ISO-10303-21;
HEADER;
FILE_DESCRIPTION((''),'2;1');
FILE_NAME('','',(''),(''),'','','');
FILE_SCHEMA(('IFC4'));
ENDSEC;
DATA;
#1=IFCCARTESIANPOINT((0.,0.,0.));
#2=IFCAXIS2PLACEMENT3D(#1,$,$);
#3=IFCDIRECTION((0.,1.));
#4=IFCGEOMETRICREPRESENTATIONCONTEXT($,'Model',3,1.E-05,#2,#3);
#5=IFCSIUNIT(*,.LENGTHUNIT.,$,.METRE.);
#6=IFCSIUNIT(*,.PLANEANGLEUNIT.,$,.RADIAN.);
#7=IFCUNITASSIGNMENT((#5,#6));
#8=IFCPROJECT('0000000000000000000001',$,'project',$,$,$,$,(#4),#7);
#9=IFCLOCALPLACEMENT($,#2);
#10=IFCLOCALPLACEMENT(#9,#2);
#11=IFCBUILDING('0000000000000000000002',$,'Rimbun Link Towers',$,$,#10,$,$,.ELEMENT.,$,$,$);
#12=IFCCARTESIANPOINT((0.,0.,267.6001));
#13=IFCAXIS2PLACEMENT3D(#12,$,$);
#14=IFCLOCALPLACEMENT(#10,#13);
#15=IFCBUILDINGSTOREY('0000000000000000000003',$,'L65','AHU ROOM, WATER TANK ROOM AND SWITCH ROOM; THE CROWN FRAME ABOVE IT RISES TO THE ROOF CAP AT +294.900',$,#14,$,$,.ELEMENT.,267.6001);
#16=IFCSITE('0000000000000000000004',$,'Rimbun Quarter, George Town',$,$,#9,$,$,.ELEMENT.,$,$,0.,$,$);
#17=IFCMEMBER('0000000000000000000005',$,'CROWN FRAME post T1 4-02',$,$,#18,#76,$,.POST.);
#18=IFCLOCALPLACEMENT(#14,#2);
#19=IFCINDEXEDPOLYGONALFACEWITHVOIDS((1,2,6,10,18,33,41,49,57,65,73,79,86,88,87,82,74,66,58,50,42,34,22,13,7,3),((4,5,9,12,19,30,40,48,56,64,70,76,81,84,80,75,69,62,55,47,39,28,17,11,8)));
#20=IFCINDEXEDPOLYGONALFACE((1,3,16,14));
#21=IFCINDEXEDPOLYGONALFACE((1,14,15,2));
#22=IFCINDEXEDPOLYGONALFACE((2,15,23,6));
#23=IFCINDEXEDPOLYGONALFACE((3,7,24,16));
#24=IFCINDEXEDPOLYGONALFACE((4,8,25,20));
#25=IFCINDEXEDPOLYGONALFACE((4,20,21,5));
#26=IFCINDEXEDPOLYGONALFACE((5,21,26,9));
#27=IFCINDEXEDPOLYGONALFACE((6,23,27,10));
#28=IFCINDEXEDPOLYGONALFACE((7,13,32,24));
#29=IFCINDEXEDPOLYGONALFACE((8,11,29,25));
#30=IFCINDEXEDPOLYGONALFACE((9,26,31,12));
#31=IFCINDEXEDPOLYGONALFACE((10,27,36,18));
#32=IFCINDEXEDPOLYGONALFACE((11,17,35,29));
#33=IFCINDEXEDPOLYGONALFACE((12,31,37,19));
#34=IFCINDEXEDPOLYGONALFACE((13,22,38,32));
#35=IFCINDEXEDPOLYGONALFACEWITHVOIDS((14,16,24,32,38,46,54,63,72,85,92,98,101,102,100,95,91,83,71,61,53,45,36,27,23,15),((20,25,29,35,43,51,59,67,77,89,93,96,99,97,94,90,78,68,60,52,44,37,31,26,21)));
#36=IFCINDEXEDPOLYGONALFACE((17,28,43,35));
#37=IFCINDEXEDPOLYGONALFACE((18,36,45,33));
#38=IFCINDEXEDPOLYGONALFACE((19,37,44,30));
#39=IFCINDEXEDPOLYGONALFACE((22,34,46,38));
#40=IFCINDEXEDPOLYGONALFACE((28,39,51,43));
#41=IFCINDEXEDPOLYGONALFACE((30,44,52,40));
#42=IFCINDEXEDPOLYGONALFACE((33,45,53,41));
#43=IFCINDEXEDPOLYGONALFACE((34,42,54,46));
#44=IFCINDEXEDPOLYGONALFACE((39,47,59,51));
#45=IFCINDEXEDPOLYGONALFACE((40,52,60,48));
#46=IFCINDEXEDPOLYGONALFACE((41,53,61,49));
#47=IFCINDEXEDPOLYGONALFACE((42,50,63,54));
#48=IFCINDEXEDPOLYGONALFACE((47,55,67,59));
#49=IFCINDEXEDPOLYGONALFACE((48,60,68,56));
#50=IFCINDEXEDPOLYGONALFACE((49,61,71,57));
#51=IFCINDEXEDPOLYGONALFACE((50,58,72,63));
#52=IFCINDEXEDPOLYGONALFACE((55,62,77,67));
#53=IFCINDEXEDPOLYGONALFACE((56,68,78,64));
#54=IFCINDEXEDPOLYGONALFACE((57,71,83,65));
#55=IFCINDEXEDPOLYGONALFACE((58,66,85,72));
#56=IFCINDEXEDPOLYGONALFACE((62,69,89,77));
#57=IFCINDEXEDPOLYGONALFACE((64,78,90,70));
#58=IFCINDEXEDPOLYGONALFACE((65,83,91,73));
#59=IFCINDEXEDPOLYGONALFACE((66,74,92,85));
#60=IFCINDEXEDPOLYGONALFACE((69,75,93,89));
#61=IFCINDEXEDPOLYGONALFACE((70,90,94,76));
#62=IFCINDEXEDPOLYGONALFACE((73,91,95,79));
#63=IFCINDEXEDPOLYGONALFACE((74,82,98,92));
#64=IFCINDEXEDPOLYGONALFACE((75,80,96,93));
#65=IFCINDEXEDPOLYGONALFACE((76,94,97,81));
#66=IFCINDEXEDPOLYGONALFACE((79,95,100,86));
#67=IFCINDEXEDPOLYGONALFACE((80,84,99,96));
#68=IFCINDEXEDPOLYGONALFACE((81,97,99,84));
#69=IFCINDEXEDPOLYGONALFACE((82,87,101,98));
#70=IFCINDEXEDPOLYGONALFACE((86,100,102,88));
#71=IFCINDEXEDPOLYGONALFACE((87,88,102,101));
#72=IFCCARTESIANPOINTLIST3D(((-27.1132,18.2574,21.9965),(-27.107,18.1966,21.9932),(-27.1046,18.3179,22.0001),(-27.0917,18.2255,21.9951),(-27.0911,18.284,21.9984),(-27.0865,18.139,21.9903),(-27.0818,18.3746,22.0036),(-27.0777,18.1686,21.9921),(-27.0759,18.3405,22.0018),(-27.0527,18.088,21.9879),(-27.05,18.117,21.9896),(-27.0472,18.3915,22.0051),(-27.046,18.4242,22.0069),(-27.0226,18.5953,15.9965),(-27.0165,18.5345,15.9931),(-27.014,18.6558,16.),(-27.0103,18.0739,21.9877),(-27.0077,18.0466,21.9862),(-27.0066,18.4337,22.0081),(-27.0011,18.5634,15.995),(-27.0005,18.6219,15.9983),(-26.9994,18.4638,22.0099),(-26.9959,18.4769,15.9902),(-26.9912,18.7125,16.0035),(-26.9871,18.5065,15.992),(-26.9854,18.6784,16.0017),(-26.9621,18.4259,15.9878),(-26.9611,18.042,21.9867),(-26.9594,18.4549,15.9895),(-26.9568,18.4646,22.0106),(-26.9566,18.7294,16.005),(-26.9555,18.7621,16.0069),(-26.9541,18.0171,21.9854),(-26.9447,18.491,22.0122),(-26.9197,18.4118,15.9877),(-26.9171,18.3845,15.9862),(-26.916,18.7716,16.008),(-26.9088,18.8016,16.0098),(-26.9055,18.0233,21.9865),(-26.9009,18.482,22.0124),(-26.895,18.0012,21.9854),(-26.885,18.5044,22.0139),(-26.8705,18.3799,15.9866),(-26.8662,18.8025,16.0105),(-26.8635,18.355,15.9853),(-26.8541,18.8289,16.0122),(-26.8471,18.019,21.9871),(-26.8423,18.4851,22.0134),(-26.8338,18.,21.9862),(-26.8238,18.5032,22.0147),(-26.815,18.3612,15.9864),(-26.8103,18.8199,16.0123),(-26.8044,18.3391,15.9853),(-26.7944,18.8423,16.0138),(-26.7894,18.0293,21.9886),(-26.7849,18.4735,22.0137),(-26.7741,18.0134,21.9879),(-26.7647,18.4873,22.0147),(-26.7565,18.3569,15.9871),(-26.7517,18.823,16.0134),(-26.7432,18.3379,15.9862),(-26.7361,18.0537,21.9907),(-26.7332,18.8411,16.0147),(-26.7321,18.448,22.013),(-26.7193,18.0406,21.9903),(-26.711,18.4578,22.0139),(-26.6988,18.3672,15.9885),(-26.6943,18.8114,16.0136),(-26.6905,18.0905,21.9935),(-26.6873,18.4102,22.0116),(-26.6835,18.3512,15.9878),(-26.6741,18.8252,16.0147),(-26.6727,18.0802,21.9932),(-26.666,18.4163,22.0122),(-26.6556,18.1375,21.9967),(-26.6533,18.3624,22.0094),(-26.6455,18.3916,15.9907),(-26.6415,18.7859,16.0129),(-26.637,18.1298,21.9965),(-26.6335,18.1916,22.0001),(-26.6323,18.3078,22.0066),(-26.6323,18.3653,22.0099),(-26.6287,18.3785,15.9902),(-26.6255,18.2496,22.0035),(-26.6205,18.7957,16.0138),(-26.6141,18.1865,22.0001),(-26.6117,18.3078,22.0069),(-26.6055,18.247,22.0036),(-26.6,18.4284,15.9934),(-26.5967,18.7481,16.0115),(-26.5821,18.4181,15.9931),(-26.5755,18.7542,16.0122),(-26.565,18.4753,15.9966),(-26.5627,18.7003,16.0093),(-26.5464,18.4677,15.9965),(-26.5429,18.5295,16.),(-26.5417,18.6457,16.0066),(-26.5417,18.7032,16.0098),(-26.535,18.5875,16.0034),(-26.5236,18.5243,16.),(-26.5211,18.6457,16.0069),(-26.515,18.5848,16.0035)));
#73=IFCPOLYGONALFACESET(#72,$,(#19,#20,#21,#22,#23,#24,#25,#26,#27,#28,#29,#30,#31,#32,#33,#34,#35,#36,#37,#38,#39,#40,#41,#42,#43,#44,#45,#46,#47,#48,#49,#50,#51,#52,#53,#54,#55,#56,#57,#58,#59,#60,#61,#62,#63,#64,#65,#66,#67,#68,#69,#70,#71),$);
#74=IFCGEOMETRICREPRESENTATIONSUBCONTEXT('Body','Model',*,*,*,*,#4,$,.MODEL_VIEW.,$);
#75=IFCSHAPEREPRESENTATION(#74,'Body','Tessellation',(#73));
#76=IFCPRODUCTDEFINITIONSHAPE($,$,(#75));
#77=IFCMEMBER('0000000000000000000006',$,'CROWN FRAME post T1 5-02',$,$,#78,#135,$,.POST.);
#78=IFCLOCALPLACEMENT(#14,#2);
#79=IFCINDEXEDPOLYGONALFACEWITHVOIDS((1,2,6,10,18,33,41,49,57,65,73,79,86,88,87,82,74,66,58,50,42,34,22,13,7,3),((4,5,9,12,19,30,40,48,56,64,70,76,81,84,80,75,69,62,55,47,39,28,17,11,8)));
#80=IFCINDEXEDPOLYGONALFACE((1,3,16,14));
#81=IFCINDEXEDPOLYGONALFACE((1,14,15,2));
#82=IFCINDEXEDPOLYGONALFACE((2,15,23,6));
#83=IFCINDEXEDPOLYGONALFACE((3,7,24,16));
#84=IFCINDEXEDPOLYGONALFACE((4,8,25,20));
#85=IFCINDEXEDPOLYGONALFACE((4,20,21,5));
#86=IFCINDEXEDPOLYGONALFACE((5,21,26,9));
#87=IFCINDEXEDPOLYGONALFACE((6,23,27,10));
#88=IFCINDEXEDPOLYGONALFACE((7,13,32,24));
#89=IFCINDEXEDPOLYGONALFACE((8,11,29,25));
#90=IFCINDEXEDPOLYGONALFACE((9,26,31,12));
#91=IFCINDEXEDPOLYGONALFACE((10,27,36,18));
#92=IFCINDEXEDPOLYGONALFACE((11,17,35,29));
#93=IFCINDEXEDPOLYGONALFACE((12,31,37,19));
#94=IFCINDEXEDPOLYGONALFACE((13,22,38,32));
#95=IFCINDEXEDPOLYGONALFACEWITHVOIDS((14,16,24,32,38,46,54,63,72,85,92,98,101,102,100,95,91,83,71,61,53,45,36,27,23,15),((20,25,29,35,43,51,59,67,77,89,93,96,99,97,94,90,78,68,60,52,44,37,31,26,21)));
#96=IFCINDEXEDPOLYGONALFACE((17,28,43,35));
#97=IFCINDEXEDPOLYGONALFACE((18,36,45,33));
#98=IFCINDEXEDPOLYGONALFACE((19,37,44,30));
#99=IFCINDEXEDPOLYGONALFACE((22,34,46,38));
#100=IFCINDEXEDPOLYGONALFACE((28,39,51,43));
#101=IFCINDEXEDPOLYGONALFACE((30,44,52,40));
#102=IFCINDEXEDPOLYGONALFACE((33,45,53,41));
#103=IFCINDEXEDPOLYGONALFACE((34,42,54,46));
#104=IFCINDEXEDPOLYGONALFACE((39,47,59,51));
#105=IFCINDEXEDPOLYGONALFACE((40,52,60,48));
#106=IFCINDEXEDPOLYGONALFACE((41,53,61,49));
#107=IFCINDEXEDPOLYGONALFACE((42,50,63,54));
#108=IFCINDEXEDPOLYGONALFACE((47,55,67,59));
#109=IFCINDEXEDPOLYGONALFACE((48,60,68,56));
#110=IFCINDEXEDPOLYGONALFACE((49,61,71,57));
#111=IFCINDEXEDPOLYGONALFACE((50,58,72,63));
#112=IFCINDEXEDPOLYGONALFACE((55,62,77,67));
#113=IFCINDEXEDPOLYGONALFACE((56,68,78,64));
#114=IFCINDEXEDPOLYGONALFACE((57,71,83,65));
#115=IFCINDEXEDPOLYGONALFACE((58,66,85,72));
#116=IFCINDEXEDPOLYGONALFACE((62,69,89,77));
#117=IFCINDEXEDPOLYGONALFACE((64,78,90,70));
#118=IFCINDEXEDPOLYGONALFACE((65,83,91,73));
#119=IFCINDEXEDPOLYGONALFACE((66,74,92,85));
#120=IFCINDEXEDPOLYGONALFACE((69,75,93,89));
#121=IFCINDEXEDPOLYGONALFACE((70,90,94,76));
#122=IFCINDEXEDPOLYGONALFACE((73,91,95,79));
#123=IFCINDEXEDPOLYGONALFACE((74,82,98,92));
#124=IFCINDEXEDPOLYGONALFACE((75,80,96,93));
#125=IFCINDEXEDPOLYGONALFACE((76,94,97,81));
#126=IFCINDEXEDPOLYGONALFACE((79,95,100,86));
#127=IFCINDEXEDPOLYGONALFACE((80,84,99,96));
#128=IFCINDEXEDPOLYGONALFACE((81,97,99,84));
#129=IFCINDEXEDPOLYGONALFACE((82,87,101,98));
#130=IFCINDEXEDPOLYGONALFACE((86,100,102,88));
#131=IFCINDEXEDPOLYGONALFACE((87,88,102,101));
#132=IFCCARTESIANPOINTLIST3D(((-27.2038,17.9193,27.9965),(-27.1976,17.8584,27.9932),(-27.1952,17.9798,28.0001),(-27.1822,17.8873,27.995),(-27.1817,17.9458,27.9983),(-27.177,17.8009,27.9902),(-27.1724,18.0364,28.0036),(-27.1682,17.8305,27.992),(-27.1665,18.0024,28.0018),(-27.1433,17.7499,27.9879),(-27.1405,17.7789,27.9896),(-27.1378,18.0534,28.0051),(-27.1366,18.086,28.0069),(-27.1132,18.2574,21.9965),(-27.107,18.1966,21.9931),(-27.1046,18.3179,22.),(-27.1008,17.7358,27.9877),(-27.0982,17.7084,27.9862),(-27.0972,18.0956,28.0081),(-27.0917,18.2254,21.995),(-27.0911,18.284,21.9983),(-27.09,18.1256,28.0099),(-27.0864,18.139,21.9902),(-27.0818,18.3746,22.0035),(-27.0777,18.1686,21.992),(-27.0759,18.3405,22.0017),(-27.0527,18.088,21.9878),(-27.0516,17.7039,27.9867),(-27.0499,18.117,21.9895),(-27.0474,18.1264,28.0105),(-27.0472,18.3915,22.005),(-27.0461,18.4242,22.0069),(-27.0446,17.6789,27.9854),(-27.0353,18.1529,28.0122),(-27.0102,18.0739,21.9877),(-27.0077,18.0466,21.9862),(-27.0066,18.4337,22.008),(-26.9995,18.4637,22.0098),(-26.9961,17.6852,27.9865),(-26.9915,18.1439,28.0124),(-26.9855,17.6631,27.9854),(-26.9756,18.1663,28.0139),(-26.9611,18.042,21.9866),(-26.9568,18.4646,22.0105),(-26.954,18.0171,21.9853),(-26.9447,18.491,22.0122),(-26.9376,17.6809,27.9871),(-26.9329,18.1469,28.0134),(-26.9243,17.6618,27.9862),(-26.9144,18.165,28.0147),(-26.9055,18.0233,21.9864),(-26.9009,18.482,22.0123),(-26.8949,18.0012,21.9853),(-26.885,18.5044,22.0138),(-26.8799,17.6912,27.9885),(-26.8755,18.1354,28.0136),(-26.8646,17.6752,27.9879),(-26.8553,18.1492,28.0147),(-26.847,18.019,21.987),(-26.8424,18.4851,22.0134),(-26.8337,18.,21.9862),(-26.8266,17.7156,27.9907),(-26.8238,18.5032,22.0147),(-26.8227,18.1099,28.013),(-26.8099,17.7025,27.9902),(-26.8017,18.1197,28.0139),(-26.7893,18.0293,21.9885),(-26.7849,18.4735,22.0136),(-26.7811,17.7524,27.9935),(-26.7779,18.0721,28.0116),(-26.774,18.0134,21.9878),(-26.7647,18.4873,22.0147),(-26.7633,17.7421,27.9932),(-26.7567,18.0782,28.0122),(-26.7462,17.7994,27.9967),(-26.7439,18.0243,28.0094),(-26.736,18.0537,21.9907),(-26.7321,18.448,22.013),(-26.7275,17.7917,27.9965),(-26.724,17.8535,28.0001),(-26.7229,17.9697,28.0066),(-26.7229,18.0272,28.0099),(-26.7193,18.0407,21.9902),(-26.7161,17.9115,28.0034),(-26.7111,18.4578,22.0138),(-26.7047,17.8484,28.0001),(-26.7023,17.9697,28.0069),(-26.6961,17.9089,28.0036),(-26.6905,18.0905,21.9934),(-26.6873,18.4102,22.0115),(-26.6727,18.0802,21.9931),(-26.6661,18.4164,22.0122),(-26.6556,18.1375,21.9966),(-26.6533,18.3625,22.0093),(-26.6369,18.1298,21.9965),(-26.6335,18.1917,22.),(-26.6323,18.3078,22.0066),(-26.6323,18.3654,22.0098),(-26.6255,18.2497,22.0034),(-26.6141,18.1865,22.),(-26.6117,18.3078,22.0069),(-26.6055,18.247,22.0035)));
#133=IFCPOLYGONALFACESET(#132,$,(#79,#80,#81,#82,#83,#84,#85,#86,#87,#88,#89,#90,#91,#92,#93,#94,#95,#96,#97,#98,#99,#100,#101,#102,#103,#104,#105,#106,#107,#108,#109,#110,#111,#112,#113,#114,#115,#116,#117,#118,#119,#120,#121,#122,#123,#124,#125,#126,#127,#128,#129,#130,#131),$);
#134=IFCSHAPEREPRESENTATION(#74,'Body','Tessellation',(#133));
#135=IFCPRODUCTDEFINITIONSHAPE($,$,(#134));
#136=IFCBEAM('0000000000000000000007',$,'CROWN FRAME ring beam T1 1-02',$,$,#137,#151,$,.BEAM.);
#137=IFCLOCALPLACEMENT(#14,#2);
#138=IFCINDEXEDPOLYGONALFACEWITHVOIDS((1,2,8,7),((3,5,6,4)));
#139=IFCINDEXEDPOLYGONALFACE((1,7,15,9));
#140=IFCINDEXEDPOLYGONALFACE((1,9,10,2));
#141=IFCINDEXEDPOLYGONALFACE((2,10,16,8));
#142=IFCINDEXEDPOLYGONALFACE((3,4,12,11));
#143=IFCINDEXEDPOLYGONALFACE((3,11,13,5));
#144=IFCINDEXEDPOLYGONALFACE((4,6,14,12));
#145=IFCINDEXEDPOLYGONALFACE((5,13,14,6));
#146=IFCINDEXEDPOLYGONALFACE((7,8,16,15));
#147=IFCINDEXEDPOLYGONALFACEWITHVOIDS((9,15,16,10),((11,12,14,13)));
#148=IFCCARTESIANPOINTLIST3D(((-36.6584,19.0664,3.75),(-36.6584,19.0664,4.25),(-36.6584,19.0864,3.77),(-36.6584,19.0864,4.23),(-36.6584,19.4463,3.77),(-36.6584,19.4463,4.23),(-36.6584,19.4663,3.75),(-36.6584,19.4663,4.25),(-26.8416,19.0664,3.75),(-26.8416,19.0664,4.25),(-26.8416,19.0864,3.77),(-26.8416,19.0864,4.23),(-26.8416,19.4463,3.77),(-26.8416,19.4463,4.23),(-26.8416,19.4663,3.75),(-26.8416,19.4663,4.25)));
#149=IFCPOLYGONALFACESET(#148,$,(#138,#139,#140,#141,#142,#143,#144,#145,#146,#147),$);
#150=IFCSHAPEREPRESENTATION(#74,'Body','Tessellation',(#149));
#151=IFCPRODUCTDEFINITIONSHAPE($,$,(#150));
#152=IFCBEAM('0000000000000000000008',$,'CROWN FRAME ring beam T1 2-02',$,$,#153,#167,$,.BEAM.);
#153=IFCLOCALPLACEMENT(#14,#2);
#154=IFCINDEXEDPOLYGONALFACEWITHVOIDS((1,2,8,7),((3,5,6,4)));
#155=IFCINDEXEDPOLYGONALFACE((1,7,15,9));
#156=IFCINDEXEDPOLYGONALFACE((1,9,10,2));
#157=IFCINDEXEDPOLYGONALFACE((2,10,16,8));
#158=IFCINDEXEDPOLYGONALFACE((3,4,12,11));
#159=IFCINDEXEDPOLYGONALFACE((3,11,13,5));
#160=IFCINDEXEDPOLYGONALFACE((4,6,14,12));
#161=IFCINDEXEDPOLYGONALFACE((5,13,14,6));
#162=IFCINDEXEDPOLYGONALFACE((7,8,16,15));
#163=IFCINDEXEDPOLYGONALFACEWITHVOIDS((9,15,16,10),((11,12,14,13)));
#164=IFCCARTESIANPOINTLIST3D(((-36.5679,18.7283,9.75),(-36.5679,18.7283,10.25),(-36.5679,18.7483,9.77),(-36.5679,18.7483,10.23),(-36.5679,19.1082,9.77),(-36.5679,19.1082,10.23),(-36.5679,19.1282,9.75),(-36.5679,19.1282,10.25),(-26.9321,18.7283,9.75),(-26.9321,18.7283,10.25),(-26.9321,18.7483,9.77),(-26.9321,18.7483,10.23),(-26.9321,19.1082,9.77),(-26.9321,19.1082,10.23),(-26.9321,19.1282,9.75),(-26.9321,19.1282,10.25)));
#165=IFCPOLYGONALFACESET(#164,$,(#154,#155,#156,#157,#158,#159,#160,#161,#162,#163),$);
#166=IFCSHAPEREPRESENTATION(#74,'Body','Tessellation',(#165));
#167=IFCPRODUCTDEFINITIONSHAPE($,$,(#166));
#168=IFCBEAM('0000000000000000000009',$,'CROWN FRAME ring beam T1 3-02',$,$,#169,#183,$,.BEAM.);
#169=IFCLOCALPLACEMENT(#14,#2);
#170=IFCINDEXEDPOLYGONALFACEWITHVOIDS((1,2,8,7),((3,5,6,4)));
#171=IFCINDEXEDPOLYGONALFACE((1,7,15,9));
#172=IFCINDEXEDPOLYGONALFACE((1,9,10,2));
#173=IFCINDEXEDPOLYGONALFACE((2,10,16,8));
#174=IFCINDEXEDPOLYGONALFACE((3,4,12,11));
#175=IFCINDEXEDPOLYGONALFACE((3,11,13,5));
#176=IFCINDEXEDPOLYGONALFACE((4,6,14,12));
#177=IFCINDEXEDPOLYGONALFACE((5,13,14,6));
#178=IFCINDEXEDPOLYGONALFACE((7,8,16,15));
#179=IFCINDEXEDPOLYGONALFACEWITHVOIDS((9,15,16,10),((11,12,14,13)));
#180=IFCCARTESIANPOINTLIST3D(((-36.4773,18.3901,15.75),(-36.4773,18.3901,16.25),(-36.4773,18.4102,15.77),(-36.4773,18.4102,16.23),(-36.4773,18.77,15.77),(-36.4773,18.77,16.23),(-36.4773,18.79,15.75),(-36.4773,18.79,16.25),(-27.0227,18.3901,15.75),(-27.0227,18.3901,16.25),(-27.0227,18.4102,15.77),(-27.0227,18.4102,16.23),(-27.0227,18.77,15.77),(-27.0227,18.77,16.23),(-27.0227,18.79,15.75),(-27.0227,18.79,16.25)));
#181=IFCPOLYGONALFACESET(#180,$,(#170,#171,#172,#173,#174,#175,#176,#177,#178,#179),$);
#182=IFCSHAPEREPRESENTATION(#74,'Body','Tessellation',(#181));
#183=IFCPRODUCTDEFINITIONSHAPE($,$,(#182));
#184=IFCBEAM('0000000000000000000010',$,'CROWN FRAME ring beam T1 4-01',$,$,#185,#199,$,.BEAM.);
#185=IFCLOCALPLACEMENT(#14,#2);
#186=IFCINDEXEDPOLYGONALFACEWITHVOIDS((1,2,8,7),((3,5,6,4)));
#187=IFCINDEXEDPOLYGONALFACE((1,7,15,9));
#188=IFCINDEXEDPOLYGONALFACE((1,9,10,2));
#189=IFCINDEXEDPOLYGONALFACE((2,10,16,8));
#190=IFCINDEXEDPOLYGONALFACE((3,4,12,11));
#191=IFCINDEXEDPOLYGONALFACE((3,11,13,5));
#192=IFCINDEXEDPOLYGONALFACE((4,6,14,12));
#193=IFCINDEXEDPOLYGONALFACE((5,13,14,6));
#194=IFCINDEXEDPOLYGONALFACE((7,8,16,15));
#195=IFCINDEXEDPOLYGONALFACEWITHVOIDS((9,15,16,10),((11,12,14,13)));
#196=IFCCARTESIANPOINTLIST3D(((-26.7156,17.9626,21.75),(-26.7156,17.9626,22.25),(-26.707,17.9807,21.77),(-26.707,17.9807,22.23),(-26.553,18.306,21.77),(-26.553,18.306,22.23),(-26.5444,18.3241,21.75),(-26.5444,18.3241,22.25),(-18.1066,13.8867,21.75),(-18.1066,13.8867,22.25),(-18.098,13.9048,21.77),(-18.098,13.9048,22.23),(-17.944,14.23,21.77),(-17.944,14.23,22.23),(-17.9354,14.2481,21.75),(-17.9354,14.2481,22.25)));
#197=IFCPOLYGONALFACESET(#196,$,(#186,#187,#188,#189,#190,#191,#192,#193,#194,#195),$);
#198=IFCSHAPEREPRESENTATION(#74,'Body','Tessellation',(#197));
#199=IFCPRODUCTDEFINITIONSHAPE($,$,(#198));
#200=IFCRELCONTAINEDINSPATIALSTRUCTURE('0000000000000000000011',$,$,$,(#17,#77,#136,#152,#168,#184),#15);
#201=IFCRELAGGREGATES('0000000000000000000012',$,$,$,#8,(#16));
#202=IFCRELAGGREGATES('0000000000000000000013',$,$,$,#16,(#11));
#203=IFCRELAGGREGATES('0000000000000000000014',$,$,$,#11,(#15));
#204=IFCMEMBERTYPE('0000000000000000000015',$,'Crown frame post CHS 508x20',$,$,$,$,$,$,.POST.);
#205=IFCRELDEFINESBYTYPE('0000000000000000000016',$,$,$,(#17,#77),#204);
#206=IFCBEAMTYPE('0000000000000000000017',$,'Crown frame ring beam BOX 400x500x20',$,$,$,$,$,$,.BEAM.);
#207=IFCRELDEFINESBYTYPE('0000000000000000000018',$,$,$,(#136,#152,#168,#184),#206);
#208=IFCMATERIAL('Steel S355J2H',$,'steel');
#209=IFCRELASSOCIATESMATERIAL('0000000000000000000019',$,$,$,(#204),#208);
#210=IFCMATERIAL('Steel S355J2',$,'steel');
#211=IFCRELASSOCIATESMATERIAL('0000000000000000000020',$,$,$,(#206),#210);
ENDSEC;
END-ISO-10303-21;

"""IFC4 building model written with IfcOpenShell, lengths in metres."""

from ifc_helpers import new_model, si_unit, direction, frame, origin, origin_2d, place, context, subcontext, project, spatial, hollow_rectangle, hollow_circle, extrude, material, material_profile, profile_set, type_object, element, save


model = new_model("IFC4")

# Units and contexts
model_context = context("Model", 3, precision=1e-05, world=origin(), true_north=direction((0.0, 1.0)))
body_context = subcontext(model_context, "Body", "Model", "MODEL_VIEW")
ifc_project = project(units=[si_unit("LENGTHUNIT", "METRE"), si_unit("PLANEANGLEUNIT", "RADIAN")], contexts=[model_context])

# Site, building, storey
site_placement = place(None, origin())
site = spatial("IfcSite", under=ifc_project, at=site_placement, Name="Rimbun Quarter, George Town", CompositionType="ELEMENT", RefElevation=0.0)
building_placement = place(site_placement, origin())
building = spatial("IfcBuilding", under=site, at=building_placement, Name="Rimbun Link Towers", CompositionType="ELEMENT")
storey_placement = place(building_placement, frame((0.0, 0.0, 267.6001)))
storey = spatial("IfcBuildingStorey", under=building, at=storey_placement, Name="L65", Description="AHU ROOM, WATER TANK ROOM AND SWITCH ROOM; THE CROWN FRAME ABOVE IT RISES TO THE ROOF CAP AT +294.900", CompositionType="ELEMENT", Elevation=267.6001)

# Members
ifc_material_1 = material(Name="Steel S355J2H", Category="steel")
ifc_material_profile_1 = material_profile(ifc_material_1, hollow_circle(Radius=0.2539, WallThickness=0.02, at=origin_2d()), Name="Crown frame post CHS 508x20")
ifc_profile_set_1 = profile_set([ifc_material_profile_1], Name="Steel S355J2H")
member_type_1 = type_object("IfcMemberType", Name="Crown frame post CHS 508x20", PredefinedType="POST", material=ifc_profile_set_1)
for number, where, z_axis, x_axis, name in (
    (1, (-26.7688, 18.5901, 16.0), (-0.01507, -0.05622, 0.998305), (0.965898, -0.258922, 0.0), "CROWN FRAME post T1 4-02"),
    (2, (-26.8594, 18.2522, 22.0), (-0.01507, -0.05626, 0.998302), (0.965945, -0.258748, 0.0), "CROWN FRAME post T1 5-02"),
):
    element("IfcMember", number, at=place(storey_placement, frame(where, z_axis=z_axis, x_axis=x_axis)), inside=storey, type_object=member_type_1, Name=name, PredefinedType="POST", context=body_context, shape_type="SweptSolid", body=[
        extrude(hollow_circle(Radius=0.2539, WallThickness=0.02, at=origin_2d()), origin(), (0.0, 0.0, 1.0), 6.0103),
    ])

# Beams
ifc_material_2 = material(Name="Steel S355J2", Category="steel")
ifc_material_profile_2 = material_profile(ifc_material_2, hollow_rectangle(XDim=0.3999, YDim=0.5, WallThickness=0.02, at=origin_2d()), Name="Crown frame ring beam BOX 400x500x20")
ifc_profile_set_2 = profile_set([ifc_material_profile_2], Name="Steel S355J2")
beam_type_1 = type_object("IfcBeamType", Name="Crown frame ring beam BOX 400x500x20", PredefinedType="BEAM", material=ifc_profile_set_2)
beam_1_placement = place(storey_placement, frame((-26.8416, 19.2664, 4.0), z_axis=(-1.0, 0.0, 0.0), x_axis=(0.0, -1.0, 0.0)))
element("IfcBeam", 3, at=beam_1_placement, inside=storey, type_object=beam_type_1, Name="CROWN FRAME ring beam T1 1-02", PredefinedType="BEAM", context=body_context, shape_type="SweptSolid", body=[
    extrude(hollow_rectangle(XDim=0.3999, YDim=0.5, WallThickness=0.02, at=origin_2d()), origin(), (0.0, 0.0, 1.0), 9.8169),
])
beam_2_placement = place(storey_placement, frame((-26.9321, 18.9282, 10.0), z_axis=(-1.0, 0.0, 0.0), x_axis=(0.0, -1.0, 0.0)))
element("IfcBeam", 4, at=beam_2_placement, inside=storey, type_object=beam_type_1, Name="CROWN FRAME ring beam T1 2-02", PredefinedType="BEAM", context=body_context, shape_type="SweptSolid", body=[
    extrude(hollow_rectangle(XDim=0.3999, YDim=0.5, WallThickness=0.02, at=origin_2d()), origin(), (0.0, 0.0, 1.0), 9.6357),
])
beam_3_placement = place(storey_placement, frame((-27.0227, 18.5901, 16.0), z_axis=(-1.0, 0.0, 0.0), x_axis=(0.0, -1.0, 0.0)))
element("IfcBeam", 5, at=beam_3_placement, inside=storey, type_object=beam_type_1, Name="CROWN FRAME ring beam T1 3-02", PredefinedType="BEAM", context=body_context, shape_type="SweptSolid", body=[
    extrude(hollow_rectangle(XDim=0.3999, YDim=0.5, WallThickness=0.02, at=origin_2d()), origin(), (0.0, 0.0, 1.0), 9.4546),
])
beam_4_placement = place(storey_placement, frame((-18.021, 14.0674, 22.0), z_axis=(-0.903818, 0.427918, 0.0), x_axis=(-0.427918, -0.903818, 0.0)))
element("IfcBeam", 6, at=beam_4_placement, inside=storey, type_object=beam_type_1, Name="CROWN FRAME ring beam T1 4-01", PredefinedType="BEAM", context=body_context, shape_type="SweptSolid", body=[
    extrude(hollow_rectangle(XDim=0.3999, YDim=0.5, WallThickness=0.02, at=origin_2d()), origin(), (0.0, 0.0, 1.0), 9.5251),
])

save(model, "model.ifc")
